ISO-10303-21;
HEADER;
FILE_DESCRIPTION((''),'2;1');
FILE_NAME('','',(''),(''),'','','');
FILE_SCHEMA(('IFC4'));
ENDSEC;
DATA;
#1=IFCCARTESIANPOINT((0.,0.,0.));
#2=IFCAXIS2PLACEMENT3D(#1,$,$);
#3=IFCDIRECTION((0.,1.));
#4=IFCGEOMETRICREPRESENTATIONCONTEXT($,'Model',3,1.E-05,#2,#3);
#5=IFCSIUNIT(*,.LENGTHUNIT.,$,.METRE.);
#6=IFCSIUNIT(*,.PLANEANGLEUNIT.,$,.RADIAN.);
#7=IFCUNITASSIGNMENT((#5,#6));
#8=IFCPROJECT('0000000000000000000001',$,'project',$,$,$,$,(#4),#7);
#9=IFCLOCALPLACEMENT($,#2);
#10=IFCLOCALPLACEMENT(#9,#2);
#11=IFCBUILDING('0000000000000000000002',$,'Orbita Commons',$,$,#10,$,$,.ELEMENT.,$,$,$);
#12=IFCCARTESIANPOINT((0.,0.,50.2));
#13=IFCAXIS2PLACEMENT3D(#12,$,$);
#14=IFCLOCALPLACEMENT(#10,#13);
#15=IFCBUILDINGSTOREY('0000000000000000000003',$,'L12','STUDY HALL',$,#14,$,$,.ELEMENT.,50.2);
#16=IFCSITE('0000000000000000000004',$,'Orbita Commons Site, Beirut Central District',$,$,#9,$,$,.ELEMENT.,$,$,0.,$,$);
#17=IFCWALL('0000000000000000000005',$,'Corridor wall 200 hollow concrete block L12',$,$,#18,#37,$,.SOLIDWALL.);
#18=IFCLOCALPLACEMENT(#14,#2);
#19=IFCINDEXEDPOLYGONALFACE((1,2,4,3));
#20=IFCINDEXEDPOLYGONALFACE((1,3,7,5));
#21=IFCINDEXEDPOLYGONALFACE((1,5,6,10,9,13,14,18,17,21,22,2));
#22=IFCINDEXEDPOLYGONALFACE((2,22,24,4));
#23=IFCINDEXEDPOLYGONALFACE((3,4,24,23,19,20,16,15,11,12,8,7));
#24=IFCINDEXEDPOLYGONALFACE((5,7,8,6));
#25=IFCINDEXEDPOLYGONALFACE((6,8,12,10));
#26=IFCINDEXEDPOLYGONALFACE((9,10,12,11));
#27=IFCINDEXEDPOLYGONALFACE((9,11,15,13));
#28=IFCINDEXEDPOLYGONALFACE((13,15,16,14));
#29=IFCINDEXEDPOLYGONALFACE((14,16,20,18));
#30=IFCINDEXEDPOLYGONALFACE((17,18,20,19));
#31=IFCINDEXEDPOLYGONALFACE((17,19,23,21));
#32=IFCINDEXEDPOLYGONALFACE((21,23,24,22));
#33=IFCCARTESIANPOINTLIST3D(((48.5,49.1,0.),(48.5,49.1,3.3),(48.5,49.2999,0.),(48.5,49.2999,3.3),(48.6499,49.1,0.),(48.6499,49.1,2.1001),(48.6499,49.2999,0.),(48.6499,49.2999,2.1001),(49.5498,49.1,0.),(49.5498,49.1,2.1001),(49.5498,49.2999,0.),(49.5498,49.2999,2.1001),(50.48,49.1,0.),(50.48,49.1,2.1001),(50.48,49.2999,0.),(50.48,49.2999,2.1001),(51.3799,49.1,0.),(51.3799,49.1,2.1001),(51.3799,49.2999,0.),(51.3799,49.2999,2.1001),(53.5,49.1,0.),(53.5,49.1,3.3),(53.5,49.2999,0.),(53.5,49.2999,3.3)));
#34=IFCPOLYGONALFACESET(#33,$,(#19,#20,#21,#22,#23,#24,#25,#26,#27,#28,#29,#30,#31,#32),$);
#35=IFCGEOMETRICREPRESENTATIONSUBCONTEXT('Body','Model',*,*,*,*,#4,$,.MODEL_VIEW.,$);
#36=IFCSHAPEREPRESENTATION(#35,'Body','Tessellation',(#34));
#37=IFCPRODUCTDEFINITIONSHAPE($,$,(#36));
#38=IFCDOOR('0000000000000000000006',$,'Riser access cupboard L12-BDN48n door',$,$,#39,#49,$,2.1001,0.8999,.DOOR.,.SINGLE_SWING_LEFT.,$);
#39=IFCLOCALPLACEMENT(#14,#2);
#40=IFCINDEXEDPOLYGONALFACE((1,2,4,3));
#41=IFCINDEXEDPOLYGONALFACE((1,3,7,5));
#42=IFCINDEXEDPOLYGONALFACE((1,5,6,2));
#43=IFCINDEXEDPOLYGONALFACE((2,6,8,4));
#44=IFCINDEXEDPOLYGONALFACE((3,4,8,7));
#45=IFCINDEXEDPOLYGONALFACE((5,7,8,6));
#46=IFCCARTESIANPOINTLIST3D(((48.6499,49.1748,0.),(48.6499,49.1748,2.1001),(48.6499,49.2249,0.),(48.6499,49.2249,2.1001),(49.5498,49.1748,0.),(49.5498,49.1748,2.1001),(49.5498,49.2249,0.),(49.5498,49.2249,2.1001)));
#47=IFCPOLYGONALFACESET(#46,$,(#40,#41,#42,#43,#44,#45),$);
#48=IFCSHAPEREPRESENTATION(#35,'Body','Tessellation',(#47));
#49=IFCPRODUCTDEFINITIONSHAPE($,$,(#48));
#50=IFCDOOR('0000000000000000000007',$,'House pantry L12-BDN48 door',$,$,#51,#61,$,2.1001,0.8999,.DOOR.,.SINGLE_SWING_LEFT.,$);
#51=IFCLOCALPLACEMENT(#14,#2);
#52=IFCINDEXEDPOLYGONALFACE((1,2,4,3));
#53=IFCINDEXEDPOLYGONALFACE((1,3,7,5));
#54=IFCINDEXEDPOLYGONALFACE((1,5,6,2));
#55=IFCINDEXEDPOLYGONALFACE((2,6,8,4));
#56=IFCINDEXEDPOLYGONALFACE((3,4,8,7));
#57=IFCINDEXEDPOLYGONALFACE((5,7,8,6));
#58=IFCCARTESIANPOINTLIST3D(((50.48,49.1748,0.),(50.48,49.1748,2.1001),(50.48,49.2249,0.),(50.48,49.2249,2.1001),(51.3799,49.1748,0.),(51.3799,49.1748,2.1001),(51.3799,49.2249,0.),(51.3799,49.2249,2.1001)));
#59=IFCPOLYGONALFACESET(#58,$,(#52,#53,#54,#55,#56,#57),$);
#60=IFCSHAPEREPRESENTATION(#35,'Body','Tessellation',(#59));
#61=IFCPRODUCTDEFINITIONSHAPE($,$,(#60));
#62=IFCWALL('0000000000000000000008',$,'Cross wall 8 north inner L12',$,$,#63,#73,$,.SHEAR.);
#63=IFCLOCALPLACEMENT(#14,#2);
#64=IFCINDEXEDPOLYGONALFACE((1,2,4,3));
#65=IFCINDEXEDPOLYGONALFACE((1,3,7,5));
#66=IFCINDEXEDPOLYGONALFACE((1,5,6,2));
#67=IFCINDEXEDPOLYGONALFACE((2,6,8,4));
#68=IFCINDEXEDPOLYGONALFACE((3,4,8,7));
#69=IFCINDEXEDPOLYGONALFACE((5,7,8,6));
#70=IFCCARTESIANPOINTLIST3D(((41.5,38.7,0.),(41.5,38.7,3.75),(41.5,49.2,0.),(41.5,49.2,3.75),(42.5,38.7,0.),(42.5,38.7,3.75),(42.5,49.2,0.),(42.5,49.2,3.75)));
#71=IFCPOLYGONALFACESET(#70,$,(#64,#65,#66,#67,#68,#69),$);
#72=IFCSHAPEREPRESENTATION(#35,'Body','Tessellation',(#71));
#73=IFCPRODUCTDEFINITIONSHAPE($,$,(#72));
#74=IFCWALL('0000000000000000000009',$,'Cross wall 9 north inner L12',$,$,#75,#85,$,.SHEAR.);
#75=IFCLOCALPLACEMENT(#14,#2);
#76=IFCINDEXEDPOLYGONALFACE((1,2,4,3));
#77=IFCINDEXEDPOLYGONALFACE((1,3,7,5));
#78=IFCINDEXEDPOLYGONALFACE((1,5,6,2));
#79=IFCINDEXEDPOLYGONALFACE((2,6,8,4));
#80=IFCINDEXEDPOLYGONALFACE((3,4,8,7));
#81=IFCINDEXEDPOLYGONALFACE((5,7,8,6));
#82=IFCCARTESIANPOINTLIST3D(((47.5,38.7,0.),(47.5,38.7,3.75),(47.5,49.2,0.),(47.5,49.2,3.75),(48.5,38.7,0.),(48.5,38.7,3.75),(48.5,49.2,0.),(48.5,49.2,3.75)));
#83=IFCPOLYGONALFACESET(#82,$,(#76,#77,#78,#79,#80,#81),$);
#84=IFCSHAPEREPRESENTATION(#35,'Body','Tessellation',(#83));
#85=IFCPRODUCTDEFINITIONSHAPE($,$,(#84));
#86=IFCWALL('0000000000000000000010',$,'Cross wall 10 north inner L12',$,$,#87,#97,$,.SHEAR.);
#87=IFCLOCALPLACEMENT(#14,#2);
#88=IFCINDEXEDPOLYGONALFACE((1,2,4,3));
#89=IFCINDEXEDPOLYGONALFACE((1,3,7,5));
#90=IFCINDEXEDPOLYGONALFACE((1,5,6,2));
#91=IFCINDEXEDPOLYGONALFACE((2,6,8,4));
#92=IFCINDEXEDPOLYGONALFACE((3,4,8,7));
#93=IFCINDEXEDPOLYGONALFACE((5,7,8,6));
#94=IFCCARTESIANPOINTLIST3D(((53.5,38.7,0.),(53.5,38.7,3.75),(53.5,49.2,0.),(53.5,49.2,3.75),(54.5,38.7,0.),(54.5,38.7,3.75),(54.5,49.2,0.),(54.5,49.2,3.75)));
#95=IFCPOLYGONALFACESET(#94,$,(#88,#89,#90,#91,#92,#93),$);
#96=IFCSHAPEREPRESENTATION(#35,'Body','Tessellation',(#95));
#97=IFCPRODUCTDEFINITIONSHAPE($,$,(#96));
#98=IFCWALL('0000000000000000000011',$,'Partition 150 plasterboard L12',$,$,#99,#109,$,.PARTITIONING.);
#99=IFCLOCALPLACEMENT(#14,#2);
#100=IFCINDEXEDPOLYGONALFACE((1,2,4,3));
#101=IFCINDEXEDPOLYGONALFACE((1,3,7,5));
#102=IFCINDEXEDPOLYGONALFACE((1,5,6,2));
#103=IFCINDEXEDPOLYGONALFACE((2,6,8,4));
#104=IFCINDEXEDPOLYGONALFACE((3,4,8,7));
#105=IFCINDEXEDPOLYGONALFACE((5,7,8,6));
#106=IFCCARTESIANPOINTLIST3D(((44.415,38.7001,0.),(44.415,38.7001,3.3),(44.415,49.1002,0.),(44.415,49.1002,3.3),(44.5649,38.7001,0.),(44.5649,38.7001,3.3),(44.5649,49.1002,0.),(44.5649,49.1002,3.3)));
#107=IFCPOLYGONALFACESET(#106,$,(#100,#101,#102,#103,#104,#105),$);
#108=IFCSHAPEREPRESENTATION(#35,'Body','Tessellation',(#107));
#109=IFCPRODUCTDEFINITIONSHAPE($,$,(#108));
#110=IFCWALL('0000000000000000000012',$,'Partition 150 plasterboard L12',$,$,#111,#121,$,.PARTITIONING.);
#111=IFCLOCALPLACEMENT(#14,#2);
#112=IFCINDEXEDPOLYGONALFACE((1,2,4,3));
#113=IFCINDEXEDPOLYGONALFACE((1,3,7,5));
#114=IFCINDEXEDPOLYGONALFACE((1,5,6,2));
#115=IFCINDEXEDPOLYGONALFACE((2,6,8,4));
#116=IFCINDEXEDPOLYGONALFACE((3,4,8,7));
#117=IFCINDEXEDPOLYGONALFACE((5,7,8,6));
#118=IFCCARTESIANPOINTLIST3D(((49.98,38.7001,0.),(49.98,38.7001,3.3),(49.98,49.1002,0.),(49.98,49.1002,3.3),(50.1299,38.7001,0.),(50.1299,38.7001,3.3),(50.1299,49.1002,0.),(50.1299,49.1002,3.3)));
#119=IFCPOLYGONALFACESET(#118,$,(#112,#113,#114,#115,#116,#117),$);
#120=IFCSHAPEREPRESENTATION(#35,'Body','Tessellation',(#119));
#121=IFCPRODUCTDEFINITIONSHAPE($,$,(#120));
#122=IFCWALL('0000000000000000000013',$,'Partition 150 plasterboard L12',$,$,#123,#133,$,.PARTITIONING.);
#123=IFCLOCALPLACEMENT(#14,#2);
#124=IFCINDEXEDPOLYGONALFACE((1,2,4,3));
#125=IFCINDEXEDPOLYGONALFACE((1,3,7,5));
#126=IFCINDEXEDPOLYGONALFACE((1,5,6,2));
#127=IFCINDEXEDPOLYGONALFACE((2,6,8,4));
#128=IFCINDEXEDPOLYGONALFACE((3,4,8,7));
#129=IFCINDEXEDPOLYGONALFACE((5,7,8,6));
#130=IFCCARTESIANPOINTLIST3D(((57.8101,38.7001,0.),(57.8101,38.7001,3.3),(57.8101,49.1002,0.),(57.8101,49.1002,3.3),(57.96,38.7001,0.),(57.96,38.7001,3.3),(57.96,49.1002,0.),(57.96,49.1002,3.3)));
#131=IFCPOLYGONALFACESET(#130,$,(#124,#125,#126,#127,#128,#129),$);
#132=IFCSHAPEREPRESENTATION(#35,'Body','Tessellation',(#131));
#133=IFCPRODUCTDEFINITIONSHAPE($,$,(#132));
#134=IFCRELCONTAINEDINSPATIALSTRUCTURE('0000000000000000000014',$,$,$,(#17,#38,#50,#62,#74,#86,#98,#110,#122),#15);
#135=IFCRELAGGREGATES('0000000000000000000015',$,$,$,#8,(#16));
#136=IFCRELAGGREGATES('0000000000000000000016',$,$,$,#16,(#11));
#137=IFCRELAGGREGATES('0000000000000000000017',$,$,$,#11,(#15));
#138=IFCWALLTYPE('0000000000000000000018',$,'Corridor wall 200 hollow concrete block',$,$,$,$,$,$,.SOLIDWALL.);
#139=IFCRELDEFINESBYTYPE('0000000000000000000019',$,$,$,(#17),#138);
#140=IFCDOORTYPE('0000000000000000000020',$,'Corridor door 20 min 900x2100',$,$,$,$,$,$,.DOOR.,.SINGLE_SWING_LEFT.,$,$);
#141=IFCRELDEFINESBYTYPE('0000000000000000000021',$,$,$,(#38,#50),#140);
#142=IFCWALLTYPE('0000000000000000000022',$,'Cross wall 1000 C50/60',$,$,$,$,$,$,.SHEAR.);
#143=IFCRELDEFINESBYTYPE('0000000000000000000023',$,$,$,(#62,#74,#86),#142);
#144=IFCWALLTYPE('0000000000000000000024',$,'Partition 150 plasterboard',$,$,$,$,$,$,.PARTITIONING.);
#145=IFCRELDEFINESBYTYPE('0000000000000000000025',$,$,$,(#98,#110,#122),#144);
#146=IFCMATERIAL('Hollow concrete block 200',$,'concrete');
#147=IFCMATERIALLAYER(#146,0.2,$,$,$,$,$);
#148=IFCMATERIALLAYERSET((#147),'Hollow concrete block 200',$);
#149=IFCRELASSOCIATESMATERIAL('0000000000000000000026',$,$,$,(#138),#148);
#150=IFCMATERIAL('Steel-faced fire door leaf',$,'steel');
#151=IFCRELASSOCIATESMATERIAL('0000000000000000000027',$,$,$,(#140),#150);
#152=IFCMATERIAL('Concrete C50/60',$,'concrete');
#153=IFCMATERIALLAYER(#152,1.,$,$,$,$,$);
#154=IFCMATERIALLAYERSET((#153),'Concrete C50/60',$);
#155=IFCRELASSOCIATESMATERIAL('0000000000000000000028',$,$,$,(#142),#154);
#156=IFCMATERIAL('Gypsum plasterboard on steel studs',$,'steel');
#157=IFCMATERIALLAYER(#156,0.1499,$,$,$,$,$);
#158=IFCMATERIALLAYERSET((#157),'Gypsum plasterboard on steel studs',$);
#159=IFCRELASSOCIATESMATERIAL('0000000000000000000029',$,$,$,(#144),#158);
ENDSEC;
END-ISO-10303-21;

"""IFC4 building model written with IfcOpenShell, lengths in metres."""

from ifc_helpers import new_model, si_unit, direction, frame, frame_2d, origin, place, context, subcontext, project, spatial, rectangle, extrude, material, layer, layer_set, type_object, element, fill, save


model = new_model("IFC4")

# Units and contexts
model_context = context("Model", 3, precision=1e-05, world=origin(), true_north=direction((0.0, 1.0)))
body_context = subcontext(model_context, "Body", "Model", "MODEL_VIEW")
ifc_project = project(units=[si_unit("LENGTHUNIT", "METRE"), si_unit("PLANEANGLEUNIT", "RADIAN")], contexts=[model_context])

# Site, building, storey
site_placement = place(None, origin())
site = spatial("IfcSite", under=ifc_project, at=site_placement, Name="Orbita Commons Site, Beirut Central District", CompositionType="ELEMENT", RefElevation=0.0)
building_placement = place(site_placement, origin())
building = spatial("IfcBuilding", under=site, at=building_placement, Name="Orbita Commons", CompositionType="ELEMENT")
storey_placement = place(building_placement, frame((0.0, 0.0, 50.2)))
storey = spatial("IfcBuildingStorey", under=building, at=storey_placement, Name="L12", Description="STUDY HALL", CompositionType="ELEMENT", Elevation=50.2)

# Wall, openings, doors
ifc_material_1 = material(Name="Hollow concrete block 200", Category="concrete")
ifc_layer_1 = layer(ifc_material_1, 0.2)
ifc_layer_set_1 = layer_set([ifc_layer_1], Name="Hollow concrete block 200")
wall_type_1 = type_object("IfcWallType", Name="Corridor wall 200 hollow concrete block", PredefinedType="SOLIDWALL", material=ifc_layer_set_1)
ifc_material_2 = material(Name="Steel-faced fire door leaf", Category="steel")
door_type_1 = type_object("IfcDoorType", Name="Corridor door 20 min 900x2100", OperationType="SINGLE_SWING_LEFT", PredefinedType="DOOR", material=ifc_material_2)
wall_1_placement = place(storey_placement, frame((48.5, 49.2, 0.0), z_axis=(0.0, 0.0, 1.0), x_axis=(1.0, 0.0, 0.0)))
wall_1 = element("IfcWall", 1, at=wall_1_placement, inside=storey, type_object=wall_type_1, Name="Corridor wall 200 hollow concrete block L12", PredefinedType="SOLIDWALL", context=body_context, shape_type="SweptSolid", body=[
    extrude(rectangle(XDim=5.0, YDim=0.2, at=frame_2d((2.5, 0.0))), origin(), (0.0, 0.0, 1.0), 3.3),
])
opening_1_placement = place(wall_1_placement, frame((0.1499, 0.0, 0.0)))
opening_1 = element("IfcOpeningElement", 2, at=opening_1_placement, cuts=wall_1, PredefinedType="OPENING", context=body_context, shape_type="SweptSolid", body=[
    extrude(rectangle(XDim=0.8999, YDim=2.1001, at=frame_2d((0.45, 1.05))), frame((0.0, 0.1099, 0.0), z_axis=(0.0, -1.0, 0.0), x_axis=(1.0, 0.0, 0.0)), (0.0, 0.0, 1.0), 0.22),
])
opening_2_placement = place(wall_1_placement, frame((1.98, 0.0, 0.0)))
opening_2 = element("IfcOpeningElement", 3, at=opening_2_placement, cuts=wall_1, PredefinedType="OPENING", context=body_context, shape_type="SweptSolid", body=[
    extrude(rectangle(XDim=0.8999, YDim=2.1001, at=frame_2d((0.45, 1.05))), frame((0.0, 0.1099, 0.0), z_axis=(0.0, -1.0, 0.0), x_axis=(1.0, 0.0, 0.0)), (0.0, 0.0, 1.0), 0.22),
])
door_1_placement = place(opening_1_placement, origin())
door_1 = element("IfcDoor", 4, at=door_1_placement, inside=storey, type_object=door_type_1, Name="Riser access cupboard L12-BDN48n door", OperationType="SINGLE_SWING_LEFT", OverallHeight=2.1001, OverallWidth=0.8999, PredefinedType="DOOR", context=body_context, shape_type="SweptSolid", body=[
    extrude(rectangle(XDim=0.8999, YDim=2.1001, at=frame_2d((0.45, 1.05))), frame((0.0, 0.0249, 0.0), z_axis=(0.0, -1.0, 0.0), x_axis=(1.0, 0.0, 0.0)), (0.0, 0.0, 1.0), 0.05),
])
fill(opening_1, door_1)
door_2_placement = place(opening_2_placement, origin())
door_2 = element("IfcDoor", 5, at=door_2_placement, inside=storey, type_object=door_type_1, Name="House pantry L12-BDN48 door", OperationType="SINGLE_SWING_LEFT", OverallHeight=2.1001, OverallWidth=0.8999, PredefinedType="DOOR", context=body_context, shape_type="SweptSolid", body=[
    extrude(rectangle(XDim=0.8999, YDim=2.1001, at=frame_2d((0.45, 1.05))), frame((0.0, 0.0249, 0.0), z_axis=(0.0, -1.0, 0.0), x_axis=(1.0, 0.0, 0.0)), (0.0, 0.0, 1.0), 0.05),
])
fill(opening_2, door_2)

# Walls
ifc_material_3 = material(Name="Concrete C50/60", Category="concrete")
ifc_layer_2 = layer(ifc_material_3, 1.0)
ifc_layer_set_2 = layer_set([ifc_layer_2], Name="Concrete C50/60")
wall_type_2 = type_object("IfcWallType", Name="Cross wall 1000 C50/60", PredefinedType="SHEAR", material=ifc_layer_set_2)
for number, where, z_axis, x_axis, name in (
    (6, (42.0, 38.7, 0.0), (0.0, 0.0, 1.0), (0.0, 1.0, 0.0), "Cross wall 8 north inner L12"),
    (7, (48.0, 38.7, 0.0), (0.0, 0.0, 1.0), (0.0, 1.0, 0.0), "Cross wall 9 north inner L12"),
    (8, (54.0, 38.7, 0.0), (0.0, 0.0, 1.0), (0.0, 1.0, 0.0), "Cross wall 10 north inner L12"),
):
    element("IfcWall", number, at=place(storey_placement, frame(where, z_axis=z_axis, x_axis=x_axis)), inside=storey, type_object=wall_type_2, Name=name, PredefinedType="SHEAR", context=body_context, shape_type="SweptSolid", body=[
        extrude(rectangle(XDim=10.5, YDim=1.0, at=frame_2d((5.25, 0.0))), origin(), (0.0, 0.0, 1.0), 3.75),
    ])
ifc_material_4 = material(Name="Gypsum plasterboard on steel studs", Category="steel")
ifc_layer_3 = layer(ifc_material_4, 0.1499)
ifc_layer_set_3 = layer_set([ifc_layer_3], Name="Gypsum plasterboard on steel studs")
wall_type_3 = type_object("IfcWallType", Name="Partition 150 plasterboard", PredefinedType="PARTITIONING", material=ifc_layer_set_3)
for number, where, z_axis, x_axis, name in (
    (9, (44.49, 38.7, 0.0), (0.0, 0.0, 1.0), (0.0, 1.0, 0.0), "Partition 150 plasterboard L12"),
    (10, (50.0549, 38.7, 0.0), (0.0, 0.0, 1.0), (0.0, 1.0, 0.0), "Partition 150 plasterboard L12"),
    (11, (57.885, 38.7, 0.0), (0.0, 0.0, 1.0), (0.0, 1.0, 0.0), "Partition 150 plasterboard L12"),
):
    element("IfcWall", number, at=place(storey_placement, frame(where, z_axis=z_axis, x_axis=x_axis)), inside=storey, type_object=wall_type_3, Name=name, PredefinedType="PARTITIONING", context=body_context, shape_type="SweptSolid", body=[
        extrude(rectangle(XDim=10.4001, YDim=0.1499, at=frame_2d((5.2002, 0.0))), origin(), (0.0, 0.0, 1.0), 3.3),
    ])

save(model, "model.ifc")
